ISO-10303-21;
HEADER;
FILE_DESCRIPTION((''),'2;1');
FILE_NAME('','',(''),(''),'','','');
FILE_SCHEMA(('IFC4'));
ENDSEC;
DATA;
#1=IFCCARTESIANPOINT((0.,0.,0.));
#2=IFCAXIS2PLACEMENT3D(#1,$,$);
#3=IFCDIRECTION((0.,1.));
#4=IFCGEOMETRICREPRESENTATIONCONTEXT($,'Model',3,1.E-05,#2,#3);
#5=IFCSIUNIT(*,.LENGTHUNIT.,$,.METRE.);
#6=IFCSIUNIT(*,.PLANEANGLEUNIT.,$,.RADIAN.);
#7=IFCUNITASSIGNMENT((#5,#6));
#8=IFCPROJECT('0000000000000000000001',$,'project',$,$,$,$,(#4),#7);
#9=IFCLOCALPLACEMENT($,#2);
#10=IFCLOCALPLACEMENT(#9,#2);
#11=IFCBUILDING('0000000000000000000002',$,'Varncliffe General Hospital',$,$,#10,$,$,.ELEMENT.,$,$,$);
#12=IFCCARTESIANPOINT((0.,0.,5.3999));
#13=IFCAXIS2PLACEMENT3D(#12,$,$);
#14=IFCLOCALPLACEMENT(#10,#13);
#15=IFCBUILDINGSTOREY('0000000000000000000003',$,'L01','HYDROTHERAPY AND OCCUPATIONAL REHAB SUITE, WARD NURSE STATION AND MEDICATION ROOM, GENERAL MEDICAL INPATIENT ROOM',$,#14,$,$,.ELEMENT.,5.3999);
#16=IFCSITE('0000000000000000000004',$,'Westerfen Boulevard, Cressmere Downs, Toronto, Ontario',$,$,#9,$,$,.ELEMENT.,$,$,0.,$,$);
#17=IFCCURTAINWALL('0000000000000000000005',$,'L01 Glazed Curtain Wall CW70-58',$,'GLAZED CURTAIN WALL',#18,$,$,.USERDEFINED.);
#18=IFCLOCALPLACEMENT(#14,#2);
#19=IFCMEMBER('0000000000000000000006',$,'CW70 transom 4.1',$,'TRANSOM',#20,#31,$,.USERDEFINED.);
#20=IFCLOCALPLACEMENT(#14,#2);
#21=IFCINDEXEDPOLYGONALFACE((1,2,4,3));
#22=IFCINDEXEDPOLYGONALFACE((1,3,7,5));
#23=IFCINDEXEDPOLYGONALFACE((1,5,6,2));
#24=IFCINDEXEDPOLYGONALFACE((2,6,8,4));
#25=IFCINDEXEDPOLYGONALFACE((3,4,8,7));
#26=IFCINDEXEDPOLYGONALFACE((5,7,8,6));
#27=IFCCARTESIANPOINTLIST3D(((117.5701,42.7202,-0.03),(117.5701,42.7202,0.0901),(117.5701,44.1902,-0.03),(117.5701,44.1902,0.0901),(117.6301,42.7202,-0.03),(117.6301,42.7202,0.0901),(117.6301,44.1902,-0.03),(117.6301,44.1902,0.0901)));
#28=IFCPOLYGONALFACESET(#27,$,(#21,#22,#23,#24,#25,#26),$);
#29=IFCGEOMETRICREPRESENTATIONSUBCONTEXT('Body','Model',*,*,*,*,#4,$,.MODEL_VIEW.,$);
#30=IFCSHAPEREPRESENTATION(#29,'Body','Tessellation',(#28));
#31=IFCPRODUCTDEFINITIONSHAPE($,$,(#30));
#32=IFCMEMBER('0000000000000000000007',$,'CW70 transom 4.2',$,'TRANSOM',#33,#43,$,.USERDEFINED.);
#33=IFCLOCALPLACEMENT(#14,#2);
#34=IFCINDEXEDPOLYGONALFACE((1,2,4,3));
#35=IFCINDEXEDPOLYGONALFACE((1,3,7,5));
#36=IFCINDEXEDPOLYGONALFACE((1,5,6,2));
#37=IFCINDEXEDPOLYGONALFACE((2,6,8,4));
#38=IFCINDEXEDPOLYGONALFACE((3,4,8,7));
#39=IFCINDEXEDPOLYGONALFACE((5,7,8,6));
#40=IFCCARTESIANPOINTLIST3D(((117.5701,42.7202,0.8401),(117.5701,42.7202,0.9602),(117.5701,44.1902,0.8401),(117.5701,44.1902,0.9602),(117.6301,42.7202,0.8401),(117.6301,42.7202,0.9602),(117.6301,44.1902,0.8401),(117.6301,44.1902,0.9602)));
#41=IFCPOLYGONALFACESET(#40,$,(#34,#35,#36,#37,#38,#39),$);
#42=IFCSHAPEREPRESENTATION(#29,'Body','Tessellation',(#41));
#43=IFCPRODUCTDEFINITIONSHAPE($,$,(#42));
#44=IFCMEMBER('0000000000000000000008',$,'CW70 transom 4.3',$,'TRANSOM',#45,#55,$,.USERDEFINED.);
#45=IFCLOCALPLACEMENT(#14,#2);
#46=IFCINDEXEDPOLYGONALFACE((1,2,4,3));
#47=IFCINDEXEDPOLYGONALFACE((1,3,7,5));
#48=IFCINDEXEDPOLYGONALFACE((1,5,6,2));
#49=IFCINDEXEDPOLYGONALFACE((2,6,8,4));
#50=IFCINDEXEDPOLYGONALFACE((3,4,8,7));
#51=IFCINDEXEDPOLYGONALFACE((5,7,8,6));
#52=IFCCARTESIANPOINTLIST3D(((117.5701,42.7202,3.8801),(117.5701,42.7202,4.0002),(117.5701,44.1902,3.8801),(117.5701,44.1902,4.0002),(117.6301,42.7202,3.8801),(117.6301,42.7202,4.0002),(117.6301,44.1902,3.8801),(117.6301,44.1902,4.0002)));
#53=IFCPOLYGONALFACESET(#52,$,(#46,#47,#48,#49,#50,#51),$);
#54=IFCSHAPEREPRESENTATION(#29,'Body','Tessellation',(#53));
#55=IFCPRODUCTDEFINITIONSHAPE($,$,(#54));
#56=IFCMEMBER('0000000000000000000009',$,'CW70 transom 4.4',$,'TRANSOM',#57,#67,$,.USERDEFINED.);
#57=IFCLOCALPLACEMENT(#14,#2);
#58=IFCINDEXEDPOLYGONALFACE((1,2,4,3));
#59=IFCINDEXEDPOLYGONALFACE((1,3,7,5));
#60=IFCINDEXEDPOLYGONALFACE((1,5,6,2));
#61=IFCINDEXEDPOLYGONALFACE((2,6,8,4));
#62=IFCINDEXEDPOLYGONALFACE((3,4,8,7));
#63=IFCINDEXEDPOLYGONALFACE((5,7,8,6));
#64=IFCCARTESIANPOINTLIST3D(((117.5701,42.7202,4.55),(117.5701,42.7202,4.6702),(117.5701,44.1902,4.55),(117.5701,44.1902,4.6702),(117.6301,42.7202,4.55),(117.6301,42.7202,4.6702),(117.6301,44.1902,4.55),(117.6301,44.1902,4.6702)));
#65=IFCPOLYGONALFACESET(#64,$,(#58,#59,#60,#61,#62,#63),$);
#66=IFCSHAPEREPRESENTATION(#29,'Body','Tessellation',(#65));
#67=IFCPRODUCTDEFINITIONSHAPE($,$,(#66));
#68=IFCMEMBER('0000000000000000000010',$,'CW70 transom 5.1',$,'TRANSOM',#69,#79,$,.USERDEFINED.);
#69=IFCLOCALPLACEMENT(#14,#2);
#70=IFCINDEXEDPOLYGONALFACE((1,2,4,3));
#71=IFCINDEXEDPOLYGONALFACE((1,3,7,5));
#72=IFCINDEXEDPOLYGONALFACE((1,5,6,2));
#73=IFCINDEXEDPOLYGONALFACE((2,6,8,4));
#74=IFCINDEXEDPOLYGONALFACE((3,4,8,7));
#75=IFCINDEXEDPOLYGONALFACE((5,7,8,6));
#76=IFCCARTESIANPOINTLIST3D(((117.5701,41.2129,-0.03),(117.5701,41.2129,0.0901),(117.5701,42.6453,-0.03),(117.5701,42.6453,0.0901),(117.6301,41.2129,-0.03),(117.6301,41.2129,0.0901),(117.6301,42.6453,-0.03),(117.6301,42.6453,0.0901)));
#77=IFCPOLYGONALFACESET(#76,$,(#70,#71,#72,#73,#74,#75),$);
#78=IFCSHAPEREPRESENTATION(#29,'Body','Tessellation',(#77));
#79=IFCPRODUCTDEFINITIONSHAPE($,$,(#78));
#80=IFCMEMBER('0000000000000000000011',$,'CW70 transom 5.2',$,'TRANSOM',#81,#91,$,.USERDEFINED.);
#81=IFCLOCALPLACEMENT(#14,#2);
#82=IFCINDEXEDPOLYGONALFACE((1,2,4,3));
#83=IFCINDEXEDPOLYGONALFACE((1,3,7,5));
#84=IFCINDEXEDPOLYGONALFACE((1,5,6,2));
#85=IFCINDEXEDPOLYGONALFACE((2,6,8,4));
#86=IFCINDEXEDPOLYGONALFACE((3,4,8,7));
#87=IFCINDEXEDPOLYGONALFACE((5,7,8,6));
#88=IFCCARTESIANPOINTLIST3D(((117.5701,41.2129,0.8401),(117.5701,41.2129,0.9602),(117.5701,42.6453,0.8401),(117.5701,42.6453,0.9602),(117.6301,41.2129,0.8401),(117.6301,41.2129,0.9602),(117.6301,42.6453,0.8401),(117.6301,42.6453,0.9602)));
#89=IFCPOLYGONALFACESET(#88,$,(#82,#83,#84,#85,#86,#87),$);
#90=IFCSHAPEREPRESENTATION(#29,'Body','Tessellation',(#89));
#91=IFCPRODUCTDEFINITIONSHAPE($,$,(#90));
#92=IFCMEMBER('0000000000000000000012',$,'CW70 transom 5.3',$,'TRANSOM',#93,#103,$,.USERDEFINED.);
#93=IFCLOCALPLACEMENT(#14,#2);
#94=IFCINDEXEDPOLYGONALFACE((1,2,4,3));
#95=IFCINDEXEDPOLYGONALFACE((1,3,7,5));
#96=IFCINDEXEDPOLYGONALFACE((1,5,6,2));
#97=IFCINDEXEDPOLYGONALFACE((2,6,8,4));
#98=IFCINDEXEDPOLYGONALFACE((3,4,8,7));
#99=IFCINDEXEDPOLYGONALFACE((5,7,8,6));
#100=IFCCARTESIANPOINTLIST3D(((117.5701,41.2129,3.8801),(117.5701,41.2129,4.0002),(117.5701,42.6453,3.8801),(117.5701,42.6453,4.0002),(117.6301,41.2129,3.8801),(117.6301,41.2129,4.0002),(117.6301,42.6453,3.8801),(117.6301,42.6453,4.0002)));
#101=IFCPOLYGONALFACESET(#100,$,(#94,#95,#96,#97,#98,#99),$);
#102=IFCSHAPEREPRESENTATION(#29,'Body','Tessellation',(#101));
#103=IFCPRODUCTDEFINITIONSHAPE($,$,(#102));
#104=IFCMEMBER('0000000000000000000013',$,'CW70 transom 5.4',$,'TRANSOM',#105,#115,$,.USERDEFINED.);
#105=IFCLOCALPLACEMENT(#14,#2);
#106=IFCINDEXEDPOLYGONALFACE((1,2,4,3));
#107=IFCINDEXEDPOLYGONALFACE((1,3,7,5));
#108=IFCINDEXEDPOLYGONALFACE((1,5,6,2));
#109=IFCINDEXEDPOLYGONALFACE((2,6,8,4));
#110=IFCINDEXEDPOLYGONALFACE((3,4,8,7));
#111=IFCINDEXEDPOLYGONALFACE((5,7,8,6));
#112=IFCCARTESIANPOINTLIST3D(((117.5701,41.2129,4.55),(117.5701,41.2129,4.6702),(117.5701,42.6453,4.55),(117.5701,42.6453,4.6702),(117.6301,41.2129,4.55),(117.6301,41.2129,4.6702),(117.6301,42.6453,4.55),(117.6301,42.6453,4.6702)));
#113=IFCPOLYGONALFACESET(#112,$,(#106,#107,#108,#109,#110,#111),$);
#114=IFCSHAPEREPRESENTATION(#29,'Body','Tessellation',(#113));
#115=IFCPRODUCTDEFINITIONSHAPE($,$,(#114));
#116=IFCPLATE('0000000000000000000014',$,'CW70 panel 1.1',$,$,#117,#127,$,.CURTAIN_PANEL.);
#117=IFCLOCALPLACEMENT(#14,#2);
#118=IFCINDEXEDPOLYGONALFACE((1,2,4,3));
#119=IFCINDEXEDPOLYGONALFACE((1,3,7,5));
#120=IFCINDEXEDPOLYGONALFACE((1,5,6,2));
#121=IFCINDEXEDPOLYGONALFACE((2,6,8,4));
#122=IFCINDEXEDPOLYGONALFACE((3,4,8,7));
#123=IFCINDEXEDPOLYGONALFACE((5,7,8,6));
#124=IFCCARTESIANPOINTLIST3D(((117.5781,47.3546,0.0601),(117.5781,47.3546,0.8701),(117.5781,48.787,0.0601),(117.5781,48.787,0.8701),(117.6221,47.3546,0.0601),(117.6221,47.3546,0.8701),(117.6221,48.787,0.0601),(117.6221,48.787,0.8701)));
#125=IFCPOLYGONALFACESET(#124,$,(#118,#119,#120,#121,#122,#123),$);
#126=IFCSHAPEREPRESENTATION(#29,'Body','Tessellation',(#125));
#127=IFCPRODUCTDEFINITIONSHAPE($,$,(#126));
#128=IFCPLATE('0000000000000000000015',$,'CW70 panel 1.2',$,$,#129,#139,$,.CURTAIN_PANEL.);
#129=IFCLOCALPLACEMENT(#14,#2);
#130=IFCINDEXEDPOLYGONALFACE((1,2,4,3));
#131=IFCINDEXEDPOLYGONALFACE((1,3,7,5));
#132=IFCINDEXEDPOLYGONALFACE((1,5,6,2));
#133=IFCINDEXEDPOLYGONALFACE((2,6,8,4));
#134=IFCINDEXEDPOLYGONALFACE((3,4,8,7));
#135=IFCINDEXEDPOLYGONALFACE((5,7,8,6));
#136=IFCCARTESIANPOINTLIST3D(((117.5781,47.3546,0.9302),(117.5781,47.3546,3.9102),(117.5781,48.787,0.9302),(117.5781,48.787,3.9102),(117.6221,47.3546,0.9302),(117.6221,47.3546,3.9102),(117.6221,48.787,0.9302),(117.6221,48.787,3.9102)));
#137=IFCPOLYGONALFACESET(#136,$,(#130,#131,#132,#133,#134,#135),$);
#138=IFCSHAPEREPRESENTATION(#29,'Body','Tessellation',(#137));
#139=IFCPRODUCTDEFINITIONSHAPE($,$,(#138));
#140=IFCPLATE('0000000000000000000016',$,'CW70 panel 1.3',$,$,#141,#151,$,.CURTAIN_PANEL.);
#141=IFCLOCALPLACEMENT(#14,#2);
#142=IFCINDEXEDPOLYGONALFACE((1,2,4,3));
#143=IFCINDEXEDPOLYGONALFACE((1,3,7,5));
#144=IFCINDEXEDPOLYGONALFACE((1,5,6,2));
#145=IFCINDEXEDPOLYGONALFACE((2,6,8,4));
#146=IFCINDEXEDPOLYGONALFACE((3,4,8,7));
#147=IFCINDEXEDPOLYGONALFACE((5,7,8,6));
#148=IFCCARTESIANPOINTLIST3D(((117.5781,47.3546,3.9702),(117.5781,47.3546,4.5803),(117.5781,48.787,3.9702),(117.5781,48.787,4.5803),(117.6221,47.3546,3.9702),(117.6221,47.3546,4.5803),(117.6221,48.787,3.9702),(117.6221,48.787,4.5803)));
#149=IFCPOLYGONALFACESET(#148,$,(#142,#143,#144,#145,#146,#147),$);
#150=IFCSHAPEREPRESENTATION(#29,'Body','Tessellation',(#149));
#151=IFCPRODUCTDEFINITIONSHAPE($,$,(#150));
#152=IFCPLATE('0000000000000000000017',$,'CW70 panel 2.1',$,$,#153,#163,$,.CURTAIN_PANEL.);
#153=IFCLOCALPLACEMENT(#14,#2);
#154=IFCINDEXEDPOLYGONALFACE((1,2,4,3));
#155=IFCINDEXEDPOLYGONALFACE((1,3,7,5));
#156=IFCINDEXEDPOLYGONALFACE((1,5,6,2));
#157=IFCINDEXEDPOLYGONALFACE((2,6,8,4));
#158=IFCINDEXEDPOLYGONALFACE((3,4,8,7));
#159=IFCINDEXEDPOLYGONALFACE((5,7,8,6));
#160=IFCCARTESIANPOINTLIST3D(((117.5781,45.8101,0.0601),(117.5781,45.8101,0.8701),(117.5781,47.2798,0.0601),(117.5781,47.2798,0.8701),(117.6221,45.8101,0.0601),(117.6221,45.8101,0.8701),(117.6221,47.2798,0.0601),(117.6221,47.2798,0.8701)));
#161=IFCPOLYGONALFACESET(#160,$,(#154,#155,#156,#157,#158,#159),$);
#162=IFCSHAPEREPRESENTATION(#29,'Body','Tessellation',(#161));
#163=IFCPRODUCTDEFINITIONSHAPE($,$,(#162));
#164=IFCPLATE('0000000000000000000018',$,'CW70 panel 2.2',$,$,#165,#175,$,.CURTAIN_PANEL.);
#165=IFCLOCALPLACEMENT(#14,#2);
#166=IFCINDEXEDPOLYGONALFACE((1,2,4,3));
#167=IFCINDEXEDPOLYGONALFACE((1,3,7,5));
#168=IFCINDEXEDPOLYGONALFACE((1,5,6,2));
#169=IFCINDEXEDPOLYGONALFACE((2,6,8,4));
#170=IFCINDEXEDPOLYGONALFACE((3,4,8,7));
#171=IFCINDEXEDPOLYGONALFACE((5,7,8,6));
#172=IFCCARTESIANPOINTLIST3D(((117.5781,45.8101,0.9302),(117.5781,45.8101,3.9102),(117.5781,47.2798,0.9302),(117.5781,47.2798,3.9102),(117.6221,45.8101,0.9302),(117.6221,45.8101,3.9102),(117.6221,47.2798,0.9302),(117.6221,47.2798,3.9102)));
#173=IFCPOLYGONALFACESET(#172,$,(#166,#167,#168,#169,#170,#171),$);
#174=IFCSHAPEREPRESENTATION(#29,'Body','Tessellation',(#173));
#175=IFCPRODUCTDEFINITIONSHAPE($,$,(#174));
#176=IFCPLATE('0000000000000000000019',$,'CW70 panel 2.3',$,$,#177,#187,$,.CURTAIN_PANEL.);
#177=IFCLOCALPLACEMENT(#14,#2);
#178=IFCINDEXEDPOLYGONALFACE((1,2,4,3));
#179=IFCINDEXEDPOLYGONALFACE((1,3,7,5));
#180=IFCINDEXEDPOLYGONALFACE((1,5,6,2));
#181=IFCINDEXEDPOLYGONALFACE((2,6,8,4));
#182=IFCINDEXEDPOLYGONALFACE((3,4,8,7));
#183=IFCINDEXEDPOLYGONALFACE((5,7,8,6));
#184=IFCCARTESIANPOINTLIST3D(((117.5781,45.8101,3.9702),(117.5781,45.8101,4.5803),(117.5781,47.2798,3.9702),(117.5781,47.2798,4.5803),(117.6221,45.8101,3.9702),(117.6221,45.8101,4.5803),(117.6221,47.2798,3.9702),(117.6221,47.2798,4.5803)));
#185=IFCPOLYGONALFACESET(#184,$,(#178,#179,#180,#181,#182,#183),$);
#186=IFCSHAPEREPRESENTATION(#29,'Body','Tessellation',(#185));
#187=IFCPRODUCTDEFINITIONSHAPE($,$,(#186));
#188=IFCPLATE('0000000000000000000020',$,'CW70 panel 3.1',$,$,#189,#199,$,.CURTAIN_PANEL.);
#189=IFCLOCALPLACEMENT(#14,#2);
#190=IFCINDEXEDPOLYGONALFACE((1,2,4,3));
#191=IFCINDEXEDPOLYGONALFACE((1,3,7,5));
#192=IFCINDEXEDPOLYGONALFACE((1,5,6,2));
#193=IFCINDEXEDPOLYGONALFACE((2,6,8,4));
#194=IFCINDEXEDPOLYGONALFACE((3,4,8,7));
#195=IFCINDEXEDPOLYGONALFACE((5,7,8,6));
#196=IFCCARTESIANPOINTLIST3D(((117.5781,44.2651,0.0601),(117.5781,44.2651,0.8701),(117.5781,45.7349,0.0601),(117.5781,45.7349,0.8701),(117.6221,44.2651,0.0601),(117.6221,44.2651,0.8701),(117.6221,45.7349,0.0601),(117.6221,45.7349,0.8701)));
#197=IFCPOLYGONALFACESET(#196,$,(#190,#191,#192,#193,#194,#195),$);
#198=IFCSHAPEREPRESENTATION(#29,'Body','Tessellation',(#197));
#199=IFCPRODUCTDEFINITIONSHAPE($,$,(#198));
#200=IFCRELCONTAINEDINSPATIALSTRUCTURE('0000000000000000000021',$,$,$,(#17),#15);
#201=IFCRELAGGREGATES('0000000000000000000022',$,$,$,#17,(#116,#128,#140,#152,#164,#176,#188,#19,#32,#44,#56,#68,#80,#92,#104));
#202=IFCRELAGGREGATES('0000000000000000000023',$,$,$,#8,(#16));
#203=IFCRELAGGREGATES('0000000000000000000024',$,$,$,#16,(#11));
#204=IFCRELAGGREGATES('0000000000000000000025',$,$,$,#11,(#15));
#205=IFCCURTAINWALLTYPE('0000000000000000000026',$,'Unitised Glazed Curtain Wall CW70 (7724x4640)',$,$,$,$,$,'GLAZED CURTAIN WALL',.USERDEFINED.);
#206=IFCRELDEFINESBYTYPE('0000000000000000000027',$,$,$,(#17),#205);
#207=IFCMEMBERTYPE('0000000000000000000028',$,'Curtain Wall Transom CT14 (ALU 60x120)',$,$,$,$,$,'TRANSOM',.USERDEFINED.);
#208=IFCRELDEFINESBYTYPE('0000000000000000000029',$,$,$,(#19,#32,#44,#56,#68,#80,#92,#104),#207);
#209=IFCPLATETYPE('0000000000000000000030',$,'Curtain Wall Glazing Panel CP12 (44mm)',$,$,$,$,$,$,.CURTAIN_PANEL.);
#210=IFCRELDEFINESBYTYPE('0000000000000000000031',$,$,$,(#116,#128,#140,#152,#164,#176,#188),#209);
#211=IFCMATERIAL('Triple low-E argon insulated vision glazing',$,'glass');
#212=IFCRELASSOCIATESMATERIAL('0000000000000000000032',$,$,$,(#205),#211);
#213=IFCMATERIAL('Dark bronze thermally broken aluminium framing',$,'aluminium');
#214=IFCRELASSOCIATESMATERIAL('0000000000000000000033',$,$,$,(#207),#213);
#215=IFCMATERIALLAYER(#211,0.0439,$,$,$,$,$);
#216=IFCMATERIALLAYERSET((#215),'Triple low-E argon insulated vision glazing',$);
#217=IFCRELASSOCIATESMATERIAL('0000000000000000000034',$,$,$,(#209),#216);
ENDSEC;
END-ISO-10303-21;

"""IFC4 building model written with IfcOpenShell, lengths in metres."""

from ifc_helpers import new_model, si_unit, direction, frame, origin, origin_2d, place, context, subcontext, project, spatial, rectangle, extrude, material, layer, layer_set, material_profile, profile_set, type_object, element, aggregate, save


model = new_model("IFC4")

# Units and contexts
model_context = context("Model", 3, precision=1e-05, world=origin(), true_north=direction((0.0, 1.0)))
body_context = subcontext(model_context, "Body", "Model", "MODEL_VIEW")
ifc_project = project(units=[si_unit("LENGTHUNIT", "METRE"), si_unit("PLANEANGLEUNIT", "RADIAN")], contexts=[model_context])

# Site, building, storey
site_placement = place(None, origin())
site = spatial("IfcSite", under=ifc_project, at=site_placement, Name="Westerfen Boulevard, Cressmere Downs, Toronto, Ontario", CompositionType="ELEMENT", RefElevation=0.0)
building_placement = place(site_placement, origin())
building = spatial("IfcBuilding", under=site, at=building_placement, Name="Varncliffe General Hospital", CompositionType="ELEMENT")
storey_placement = place(building_placement, frame((0.0, 0.0, 5.3999)))
storey = spatial("IfcBuildingStorey", under=building, at=storey_placement, Name="L01", Description="HYDROTHERAPY AND OCCUPATIONAL REHAB SUITE, WARD NURSE STATION AND MEDICATION ROOM, GENERAL MEDICAL INPATIENT ROOM", CompositionType="ELEMENT", Elevation=5.3999)

# Curtain wall, members, plates
ifc_material_1 = material(Name="Triple low-E argon insulated vision glazing", Category="glass")
curtain_wall_type = type_object("IfcCurtainWallType", Name="Unitised Glazed Curtain Wall CW70 (7724x4640)", ElementType="GLAZED CURTAIN WALL", PredefinedType="USERDEFINED", material=ifc_material_1)
curtain_wall_placement = place(storey_placement, origin())
curtain_wall = element("IfcCurtainWall", 1, at=curtain_wall_placement, inside=storey, type_object=curtain_wall_type, Name="L01 Glazed Curtain Wall CW70-58", ObjectType="GLAZED CURTAIN WALL", PredefinedType="USERDEFINED")
ifc_material_2 = material(Name="Dark bronze thermally broken aluminium framing", Category="aluminium")
ifc_material_profile_1 = material_profile(ifc_material_2, rectangle(XDim=0.0601, YDim=0.1201, at=origin_2d()), Name="ALU 60x120")
ifc_profile_set_1 = profile_set([ifc_material_profile_1], Name="Dark bronze thermally broken aluminium framing")
member_type_1 = type_object("IfcMemberType", Name="Curtain Wall Transom CT14 (ALU 60x120)", ElementType="TRANSOM", PredefinedType="USERDEFINED", material=ifc_profile_set_1)
member_1_placement = place(storey_placement, frame((117.6001, 44.1902, 0.03), z_axis=(0.0, -1.0, 0.0), x_axis=(1.0, 0.0, 0.0)))
member_1 = element("IfcMember", 2, at=member_1_placement, type_object=member_type_1, Name="CW70 transom 4.1", ObjectType="TRANSOM", PredefinedType="USERDEFINED", context=body_context, shape_type="SweptSolid", body=[
    extrude(rectangle(XDim=0.0601, YDim=0.1201, at=origin_2d()), origin(), (0.0, 0.0, 1.0), 1.47),
])
member_2_placement = place(storey_placement, frame((117.6001, 44.1902, 0.9001), z_axis=(0.0, -1.0, 0.0), x_axis=(1.0, 0.0, 0.0)))
member_2 = element("IfcMember", 3, at=member_2_placement, type_object=member_type_1, Name="CW70 transom 4.2", ObjectType="TRANSOM", PredefinedType="USERDEFINED", context=body_context, shape_type="SweptSolid", body=[
    extrude(rectangle(XDim=0.0601, YDim=0.1201, at=origin_2d()), origin(), (0.0, 0.0, 1.0), 1.47),
])
member_3_placement = place(storey_placement, frame((117.6001, 44.1902, 3.9402), z_axis=(0.0, -1.0, 0.0), x_axis=(1.0, 0.0, 0.0)))
member_3 = element("IfcMember", 4, at=member_3_placement, type_object=member_type_1, Name="CW70 transom 4.3", ObjectType="TRANSOM", PredefinedType="USERDEFINED", context=body_context, shape_type="SweptSolid", body=[
    extrude(rectangle(XDim=0.0601, YDim=0.1201, at=origin_2d()), origin(), (0.0, 0.0, 1.0), 1.47),
])
member_4_placement = place(storey_placement, frame((117.6001, 44.1902, 4.6101), z_axis=(0.0, -1.0, 0.0), x_axis=(1.0, 0.0, 0.0)))
member_4 = element("IfcMember", 5, at=member_4_placement, type_object=member_type_1, Name="CW70 transom 4.4", ObjectType="TRANSOM", PredefinedType="USERDEFINED", context=body_context, shape_type="SweptSolid", body=[
    extrude(rectangle(XDim=0.0601, YDim=0.1201, at=origin_2d()), origin(), (0.0, 0.0, 1.0), 1.47),
])
member_5_placement = place(storey_placement, frame((117.6001, 42.6453, 0.03), z_axis=(0.0, -1.0, 0.0), x_axis=(1.0, 0.0, 0.0)))
member_5 = element("IfcMember", 6, at=member_5_placement, type_object=member_type_1, Name="CW70 transom 5.1", ObjectType="TRANSOM", PredefinedType="USERDEFINED", context=body_context, shape_type="SweptSolid", body=[
    extrude(rectangle(XDim=0.0601, YDim=0.1201, at=origin_2d()), origin(), (0.0, 0.0, 1.0), 1.4324),
])
member_6_placement = place(storey_placement, frame((117.6001, 42.6453, 0.9001), z_axis=(0.0, -1.0, 0.0), x_axis=(1.0, 0.0, 0.0)))
member_6 = element("IfcMember", 7, at=member_6_placement, type_object=member_type_1, Name="CW70 transom 5.2", ObjectType="TRANSOM", PredefinedType="USERDEFINED", context=body_context, shape_type="SweptSolid", body=[
    extrude(rectangle(XDim=0.0601, YDim=0.1201, at=origin_2d()), origin(), (0.0, 0.0, 1.0), 1.4324),
])
member_7_placement = place(storey_placement, frame((117.6001, 42.6453, 3.9402), z_axis=(0.0, -1.0, 0.0), x_axis=(1.0, 0.0, 0.0)))
member_7 = element("IfcMember", 8, at=member_7_placement, type_object=member_type_1, Name="CW70 transom 5.3", ObjectType="TRANSOM", PredefinedType="USERDEFINED", context=body_context, shape_type="SweptSolid", body=[
    extrude(rectangle(XDim=0.0601, YDim=0.1201, at=origin_2d()), origin(), (0.0, 0.0, 1.0), 1.4324),
])
member_8_placement = place(storey_placement, frame((117.6001, 42.6453, 4.6101), z_axis=(0.0, -1.0, 0.0), x_axis=(1.0, 0.0, 0.0)))
member_8 = element("IfcMember", 9, at=member_8_placement, type_object=member_type_1, Name="CW70 transom 5.4", ObjectType="TRANSOM", PredefinedType="USERDEFINED", context=body_context, shape_type="SweptSolid", body=[
    extrude(rectangle(XDim=0.0601, YDim=0.1201, at=origin_2d()), origin(), (0.0, 0.0, 1.0), 1.4324),
])
ifc_layer = layer(ifc_material_1, 0.0439)
ifc_layer_set = layer_set([ifc_layer], Name="Triple low-E argon insulated vision glazing")
plate_type = type_object("IfcPlateType", Name="Curtain Wall Glazing Panel CP12 (44mm)", PredefinedType="CURTAIN_PANEL", material=ifc_layer_set)
plate_1_placement = place(storey_placement, frame((117.6001, 48.0708, 0.0601), z_axis=(0.0, 0.0, 1.0), x_axis=(0.0, -1.0, 0.0)))
plate_1 = element("IfcPlate", 10, at=plate_1_placement, type_object=plate_type, Name="CW70 panel 1.1", PredefinedType="CURTAIN_PANEL", context=body_context, shape_type="SweptSolid", body=[
    extrude(rectangle(XDim=1.4324, YDim=0.0439, at=origin_2d()), origin(), (0.0, 0.0, 1.0), 0.8101),
])
plate_2_placement = place(storey_placement, frame((117.6001, 48.0708, 0.9302), z_axis=(0.0, 0.0, 1.0), x_axis=(0.0, -1.0, 0.0)))
plate_2 = element("IfcPlate", 11, at=plate_2_placement, type_object=plate_type, Name="CW70 panel 1.2", PredefinedType="CURTAIN_PANEL", context=body_context, shape_type="SweptSolid", body=[
    extrude(rectangle(XDim=1.4324, YDim=0.0439, at=origin_2d()), origin(), (0.0, 0.0, 1.0), 2.98),
])
plate_3_placement = place(storey_placement, frame((117.6001, 48.0708, 3.9702), z_axis=(0.0, 0.0, 1.0), x_axis=(0.0, -1.0, 0.0)))
plate_3 = element("IfcPlate", 12, at=plate_3_placement, type_object=plate_type, Name="CW70 panel 1.3", PredefinedType="CURTAIN_PANEL", context=body_context, shape_type="SweptSolid", body=[
    extrude(rectangle(XDim=1.4324, YDim=0.0439, at=origin_2d()), origin(), (0.0, 0.0, 1.0), 0.6101),
])
plate_4_placement = place(storey_placement, frame((117.6001, 46.5449, 0.0601), z_axis=(0.0, 0.0, 1.0), x_axis=(0.0, -1.0, 0.0)))
plate_4 = element("IfcPlate", 13, at=plate_4_placement, type_object=plate_type, Name="CW70 panel 2.1", PredefinedType="CURTAIN_PANEL", context=body_context, shape_type="SweptSolid", body=[
    extrude(rectangle(XDim=1.4697, YDim=0.0439, at=origin_2d()), origin(), (0.0, 0.0, 1.0), 0.8101),
])
plate_5_placement = place(storey_placement, frame((117.6001, 46.5449, 0.9302), z_axis=(0.0, 0.0, 1.0), x_axis=(0.0, -1.0, 0.0)))
plate_5 = element("IfcPlate", 14, at=plate_5_placement, type_object=plate_type, Name="CW70 panel 2.2", PredefinedType="CURTAIN_PANEL", context=body_context, shape_type="SweptSolid", body=[
    extrude(rectangle(XDim=1.4697, YDim=0.0439, at=origin_2d()), origin(), (0.0, 0.0, 1.0), 2.98),
])
plate_6_placement = place(storey_placement, frame((117.6001, 46.5449, 3.9702), z_axis=(0.0, 0.0, 1.0), x_axis=(0.0, -1.0, 0.0)))
plate_6 = element("IfcPlate", 15, at=plate_6_placement, type_object=plate_type, Name="CW70 panel 2.3", PredefinedType="CURTAIN_PANEL", context=body_context, shape_type="SweptSolid", body=[
    extrude(rectangle(XDim=1.4697, YDim=0.0439, at=origin_2d()), origin(), (0.0, 0.0, 1.0), 0.6101),
])
plate_7_placement = place(storey_placement, frame((117.6001, 45.0, 0.0601), z_axis=(0.0, 0.0, 1.0), x_axis=(0.0, -1.0, 0.0)))
plate_7 = element("IfcPlate", 16, at=plate_7_placement, type_object=plate_type, Name="CW70 panel 3.1", PredefinedType="CURTAIN_PANEL", context=body_context, shape_type="SweptSolid", body=[
    extrude(rectangle(XDim=1.4697, YDim=0.0439, at=origin_2d()), origin(), (0.0, 0.0, 1.0), 0.8101),
])
aggregate(curtain_wall, [plate_1, plate_2, plate_3, plate_4, plate_5, plate_6, plate_7, member_1, member_2, member_3, member_4, member_5, member_6, member_7, member_8])

save(model, "model.ifc")
